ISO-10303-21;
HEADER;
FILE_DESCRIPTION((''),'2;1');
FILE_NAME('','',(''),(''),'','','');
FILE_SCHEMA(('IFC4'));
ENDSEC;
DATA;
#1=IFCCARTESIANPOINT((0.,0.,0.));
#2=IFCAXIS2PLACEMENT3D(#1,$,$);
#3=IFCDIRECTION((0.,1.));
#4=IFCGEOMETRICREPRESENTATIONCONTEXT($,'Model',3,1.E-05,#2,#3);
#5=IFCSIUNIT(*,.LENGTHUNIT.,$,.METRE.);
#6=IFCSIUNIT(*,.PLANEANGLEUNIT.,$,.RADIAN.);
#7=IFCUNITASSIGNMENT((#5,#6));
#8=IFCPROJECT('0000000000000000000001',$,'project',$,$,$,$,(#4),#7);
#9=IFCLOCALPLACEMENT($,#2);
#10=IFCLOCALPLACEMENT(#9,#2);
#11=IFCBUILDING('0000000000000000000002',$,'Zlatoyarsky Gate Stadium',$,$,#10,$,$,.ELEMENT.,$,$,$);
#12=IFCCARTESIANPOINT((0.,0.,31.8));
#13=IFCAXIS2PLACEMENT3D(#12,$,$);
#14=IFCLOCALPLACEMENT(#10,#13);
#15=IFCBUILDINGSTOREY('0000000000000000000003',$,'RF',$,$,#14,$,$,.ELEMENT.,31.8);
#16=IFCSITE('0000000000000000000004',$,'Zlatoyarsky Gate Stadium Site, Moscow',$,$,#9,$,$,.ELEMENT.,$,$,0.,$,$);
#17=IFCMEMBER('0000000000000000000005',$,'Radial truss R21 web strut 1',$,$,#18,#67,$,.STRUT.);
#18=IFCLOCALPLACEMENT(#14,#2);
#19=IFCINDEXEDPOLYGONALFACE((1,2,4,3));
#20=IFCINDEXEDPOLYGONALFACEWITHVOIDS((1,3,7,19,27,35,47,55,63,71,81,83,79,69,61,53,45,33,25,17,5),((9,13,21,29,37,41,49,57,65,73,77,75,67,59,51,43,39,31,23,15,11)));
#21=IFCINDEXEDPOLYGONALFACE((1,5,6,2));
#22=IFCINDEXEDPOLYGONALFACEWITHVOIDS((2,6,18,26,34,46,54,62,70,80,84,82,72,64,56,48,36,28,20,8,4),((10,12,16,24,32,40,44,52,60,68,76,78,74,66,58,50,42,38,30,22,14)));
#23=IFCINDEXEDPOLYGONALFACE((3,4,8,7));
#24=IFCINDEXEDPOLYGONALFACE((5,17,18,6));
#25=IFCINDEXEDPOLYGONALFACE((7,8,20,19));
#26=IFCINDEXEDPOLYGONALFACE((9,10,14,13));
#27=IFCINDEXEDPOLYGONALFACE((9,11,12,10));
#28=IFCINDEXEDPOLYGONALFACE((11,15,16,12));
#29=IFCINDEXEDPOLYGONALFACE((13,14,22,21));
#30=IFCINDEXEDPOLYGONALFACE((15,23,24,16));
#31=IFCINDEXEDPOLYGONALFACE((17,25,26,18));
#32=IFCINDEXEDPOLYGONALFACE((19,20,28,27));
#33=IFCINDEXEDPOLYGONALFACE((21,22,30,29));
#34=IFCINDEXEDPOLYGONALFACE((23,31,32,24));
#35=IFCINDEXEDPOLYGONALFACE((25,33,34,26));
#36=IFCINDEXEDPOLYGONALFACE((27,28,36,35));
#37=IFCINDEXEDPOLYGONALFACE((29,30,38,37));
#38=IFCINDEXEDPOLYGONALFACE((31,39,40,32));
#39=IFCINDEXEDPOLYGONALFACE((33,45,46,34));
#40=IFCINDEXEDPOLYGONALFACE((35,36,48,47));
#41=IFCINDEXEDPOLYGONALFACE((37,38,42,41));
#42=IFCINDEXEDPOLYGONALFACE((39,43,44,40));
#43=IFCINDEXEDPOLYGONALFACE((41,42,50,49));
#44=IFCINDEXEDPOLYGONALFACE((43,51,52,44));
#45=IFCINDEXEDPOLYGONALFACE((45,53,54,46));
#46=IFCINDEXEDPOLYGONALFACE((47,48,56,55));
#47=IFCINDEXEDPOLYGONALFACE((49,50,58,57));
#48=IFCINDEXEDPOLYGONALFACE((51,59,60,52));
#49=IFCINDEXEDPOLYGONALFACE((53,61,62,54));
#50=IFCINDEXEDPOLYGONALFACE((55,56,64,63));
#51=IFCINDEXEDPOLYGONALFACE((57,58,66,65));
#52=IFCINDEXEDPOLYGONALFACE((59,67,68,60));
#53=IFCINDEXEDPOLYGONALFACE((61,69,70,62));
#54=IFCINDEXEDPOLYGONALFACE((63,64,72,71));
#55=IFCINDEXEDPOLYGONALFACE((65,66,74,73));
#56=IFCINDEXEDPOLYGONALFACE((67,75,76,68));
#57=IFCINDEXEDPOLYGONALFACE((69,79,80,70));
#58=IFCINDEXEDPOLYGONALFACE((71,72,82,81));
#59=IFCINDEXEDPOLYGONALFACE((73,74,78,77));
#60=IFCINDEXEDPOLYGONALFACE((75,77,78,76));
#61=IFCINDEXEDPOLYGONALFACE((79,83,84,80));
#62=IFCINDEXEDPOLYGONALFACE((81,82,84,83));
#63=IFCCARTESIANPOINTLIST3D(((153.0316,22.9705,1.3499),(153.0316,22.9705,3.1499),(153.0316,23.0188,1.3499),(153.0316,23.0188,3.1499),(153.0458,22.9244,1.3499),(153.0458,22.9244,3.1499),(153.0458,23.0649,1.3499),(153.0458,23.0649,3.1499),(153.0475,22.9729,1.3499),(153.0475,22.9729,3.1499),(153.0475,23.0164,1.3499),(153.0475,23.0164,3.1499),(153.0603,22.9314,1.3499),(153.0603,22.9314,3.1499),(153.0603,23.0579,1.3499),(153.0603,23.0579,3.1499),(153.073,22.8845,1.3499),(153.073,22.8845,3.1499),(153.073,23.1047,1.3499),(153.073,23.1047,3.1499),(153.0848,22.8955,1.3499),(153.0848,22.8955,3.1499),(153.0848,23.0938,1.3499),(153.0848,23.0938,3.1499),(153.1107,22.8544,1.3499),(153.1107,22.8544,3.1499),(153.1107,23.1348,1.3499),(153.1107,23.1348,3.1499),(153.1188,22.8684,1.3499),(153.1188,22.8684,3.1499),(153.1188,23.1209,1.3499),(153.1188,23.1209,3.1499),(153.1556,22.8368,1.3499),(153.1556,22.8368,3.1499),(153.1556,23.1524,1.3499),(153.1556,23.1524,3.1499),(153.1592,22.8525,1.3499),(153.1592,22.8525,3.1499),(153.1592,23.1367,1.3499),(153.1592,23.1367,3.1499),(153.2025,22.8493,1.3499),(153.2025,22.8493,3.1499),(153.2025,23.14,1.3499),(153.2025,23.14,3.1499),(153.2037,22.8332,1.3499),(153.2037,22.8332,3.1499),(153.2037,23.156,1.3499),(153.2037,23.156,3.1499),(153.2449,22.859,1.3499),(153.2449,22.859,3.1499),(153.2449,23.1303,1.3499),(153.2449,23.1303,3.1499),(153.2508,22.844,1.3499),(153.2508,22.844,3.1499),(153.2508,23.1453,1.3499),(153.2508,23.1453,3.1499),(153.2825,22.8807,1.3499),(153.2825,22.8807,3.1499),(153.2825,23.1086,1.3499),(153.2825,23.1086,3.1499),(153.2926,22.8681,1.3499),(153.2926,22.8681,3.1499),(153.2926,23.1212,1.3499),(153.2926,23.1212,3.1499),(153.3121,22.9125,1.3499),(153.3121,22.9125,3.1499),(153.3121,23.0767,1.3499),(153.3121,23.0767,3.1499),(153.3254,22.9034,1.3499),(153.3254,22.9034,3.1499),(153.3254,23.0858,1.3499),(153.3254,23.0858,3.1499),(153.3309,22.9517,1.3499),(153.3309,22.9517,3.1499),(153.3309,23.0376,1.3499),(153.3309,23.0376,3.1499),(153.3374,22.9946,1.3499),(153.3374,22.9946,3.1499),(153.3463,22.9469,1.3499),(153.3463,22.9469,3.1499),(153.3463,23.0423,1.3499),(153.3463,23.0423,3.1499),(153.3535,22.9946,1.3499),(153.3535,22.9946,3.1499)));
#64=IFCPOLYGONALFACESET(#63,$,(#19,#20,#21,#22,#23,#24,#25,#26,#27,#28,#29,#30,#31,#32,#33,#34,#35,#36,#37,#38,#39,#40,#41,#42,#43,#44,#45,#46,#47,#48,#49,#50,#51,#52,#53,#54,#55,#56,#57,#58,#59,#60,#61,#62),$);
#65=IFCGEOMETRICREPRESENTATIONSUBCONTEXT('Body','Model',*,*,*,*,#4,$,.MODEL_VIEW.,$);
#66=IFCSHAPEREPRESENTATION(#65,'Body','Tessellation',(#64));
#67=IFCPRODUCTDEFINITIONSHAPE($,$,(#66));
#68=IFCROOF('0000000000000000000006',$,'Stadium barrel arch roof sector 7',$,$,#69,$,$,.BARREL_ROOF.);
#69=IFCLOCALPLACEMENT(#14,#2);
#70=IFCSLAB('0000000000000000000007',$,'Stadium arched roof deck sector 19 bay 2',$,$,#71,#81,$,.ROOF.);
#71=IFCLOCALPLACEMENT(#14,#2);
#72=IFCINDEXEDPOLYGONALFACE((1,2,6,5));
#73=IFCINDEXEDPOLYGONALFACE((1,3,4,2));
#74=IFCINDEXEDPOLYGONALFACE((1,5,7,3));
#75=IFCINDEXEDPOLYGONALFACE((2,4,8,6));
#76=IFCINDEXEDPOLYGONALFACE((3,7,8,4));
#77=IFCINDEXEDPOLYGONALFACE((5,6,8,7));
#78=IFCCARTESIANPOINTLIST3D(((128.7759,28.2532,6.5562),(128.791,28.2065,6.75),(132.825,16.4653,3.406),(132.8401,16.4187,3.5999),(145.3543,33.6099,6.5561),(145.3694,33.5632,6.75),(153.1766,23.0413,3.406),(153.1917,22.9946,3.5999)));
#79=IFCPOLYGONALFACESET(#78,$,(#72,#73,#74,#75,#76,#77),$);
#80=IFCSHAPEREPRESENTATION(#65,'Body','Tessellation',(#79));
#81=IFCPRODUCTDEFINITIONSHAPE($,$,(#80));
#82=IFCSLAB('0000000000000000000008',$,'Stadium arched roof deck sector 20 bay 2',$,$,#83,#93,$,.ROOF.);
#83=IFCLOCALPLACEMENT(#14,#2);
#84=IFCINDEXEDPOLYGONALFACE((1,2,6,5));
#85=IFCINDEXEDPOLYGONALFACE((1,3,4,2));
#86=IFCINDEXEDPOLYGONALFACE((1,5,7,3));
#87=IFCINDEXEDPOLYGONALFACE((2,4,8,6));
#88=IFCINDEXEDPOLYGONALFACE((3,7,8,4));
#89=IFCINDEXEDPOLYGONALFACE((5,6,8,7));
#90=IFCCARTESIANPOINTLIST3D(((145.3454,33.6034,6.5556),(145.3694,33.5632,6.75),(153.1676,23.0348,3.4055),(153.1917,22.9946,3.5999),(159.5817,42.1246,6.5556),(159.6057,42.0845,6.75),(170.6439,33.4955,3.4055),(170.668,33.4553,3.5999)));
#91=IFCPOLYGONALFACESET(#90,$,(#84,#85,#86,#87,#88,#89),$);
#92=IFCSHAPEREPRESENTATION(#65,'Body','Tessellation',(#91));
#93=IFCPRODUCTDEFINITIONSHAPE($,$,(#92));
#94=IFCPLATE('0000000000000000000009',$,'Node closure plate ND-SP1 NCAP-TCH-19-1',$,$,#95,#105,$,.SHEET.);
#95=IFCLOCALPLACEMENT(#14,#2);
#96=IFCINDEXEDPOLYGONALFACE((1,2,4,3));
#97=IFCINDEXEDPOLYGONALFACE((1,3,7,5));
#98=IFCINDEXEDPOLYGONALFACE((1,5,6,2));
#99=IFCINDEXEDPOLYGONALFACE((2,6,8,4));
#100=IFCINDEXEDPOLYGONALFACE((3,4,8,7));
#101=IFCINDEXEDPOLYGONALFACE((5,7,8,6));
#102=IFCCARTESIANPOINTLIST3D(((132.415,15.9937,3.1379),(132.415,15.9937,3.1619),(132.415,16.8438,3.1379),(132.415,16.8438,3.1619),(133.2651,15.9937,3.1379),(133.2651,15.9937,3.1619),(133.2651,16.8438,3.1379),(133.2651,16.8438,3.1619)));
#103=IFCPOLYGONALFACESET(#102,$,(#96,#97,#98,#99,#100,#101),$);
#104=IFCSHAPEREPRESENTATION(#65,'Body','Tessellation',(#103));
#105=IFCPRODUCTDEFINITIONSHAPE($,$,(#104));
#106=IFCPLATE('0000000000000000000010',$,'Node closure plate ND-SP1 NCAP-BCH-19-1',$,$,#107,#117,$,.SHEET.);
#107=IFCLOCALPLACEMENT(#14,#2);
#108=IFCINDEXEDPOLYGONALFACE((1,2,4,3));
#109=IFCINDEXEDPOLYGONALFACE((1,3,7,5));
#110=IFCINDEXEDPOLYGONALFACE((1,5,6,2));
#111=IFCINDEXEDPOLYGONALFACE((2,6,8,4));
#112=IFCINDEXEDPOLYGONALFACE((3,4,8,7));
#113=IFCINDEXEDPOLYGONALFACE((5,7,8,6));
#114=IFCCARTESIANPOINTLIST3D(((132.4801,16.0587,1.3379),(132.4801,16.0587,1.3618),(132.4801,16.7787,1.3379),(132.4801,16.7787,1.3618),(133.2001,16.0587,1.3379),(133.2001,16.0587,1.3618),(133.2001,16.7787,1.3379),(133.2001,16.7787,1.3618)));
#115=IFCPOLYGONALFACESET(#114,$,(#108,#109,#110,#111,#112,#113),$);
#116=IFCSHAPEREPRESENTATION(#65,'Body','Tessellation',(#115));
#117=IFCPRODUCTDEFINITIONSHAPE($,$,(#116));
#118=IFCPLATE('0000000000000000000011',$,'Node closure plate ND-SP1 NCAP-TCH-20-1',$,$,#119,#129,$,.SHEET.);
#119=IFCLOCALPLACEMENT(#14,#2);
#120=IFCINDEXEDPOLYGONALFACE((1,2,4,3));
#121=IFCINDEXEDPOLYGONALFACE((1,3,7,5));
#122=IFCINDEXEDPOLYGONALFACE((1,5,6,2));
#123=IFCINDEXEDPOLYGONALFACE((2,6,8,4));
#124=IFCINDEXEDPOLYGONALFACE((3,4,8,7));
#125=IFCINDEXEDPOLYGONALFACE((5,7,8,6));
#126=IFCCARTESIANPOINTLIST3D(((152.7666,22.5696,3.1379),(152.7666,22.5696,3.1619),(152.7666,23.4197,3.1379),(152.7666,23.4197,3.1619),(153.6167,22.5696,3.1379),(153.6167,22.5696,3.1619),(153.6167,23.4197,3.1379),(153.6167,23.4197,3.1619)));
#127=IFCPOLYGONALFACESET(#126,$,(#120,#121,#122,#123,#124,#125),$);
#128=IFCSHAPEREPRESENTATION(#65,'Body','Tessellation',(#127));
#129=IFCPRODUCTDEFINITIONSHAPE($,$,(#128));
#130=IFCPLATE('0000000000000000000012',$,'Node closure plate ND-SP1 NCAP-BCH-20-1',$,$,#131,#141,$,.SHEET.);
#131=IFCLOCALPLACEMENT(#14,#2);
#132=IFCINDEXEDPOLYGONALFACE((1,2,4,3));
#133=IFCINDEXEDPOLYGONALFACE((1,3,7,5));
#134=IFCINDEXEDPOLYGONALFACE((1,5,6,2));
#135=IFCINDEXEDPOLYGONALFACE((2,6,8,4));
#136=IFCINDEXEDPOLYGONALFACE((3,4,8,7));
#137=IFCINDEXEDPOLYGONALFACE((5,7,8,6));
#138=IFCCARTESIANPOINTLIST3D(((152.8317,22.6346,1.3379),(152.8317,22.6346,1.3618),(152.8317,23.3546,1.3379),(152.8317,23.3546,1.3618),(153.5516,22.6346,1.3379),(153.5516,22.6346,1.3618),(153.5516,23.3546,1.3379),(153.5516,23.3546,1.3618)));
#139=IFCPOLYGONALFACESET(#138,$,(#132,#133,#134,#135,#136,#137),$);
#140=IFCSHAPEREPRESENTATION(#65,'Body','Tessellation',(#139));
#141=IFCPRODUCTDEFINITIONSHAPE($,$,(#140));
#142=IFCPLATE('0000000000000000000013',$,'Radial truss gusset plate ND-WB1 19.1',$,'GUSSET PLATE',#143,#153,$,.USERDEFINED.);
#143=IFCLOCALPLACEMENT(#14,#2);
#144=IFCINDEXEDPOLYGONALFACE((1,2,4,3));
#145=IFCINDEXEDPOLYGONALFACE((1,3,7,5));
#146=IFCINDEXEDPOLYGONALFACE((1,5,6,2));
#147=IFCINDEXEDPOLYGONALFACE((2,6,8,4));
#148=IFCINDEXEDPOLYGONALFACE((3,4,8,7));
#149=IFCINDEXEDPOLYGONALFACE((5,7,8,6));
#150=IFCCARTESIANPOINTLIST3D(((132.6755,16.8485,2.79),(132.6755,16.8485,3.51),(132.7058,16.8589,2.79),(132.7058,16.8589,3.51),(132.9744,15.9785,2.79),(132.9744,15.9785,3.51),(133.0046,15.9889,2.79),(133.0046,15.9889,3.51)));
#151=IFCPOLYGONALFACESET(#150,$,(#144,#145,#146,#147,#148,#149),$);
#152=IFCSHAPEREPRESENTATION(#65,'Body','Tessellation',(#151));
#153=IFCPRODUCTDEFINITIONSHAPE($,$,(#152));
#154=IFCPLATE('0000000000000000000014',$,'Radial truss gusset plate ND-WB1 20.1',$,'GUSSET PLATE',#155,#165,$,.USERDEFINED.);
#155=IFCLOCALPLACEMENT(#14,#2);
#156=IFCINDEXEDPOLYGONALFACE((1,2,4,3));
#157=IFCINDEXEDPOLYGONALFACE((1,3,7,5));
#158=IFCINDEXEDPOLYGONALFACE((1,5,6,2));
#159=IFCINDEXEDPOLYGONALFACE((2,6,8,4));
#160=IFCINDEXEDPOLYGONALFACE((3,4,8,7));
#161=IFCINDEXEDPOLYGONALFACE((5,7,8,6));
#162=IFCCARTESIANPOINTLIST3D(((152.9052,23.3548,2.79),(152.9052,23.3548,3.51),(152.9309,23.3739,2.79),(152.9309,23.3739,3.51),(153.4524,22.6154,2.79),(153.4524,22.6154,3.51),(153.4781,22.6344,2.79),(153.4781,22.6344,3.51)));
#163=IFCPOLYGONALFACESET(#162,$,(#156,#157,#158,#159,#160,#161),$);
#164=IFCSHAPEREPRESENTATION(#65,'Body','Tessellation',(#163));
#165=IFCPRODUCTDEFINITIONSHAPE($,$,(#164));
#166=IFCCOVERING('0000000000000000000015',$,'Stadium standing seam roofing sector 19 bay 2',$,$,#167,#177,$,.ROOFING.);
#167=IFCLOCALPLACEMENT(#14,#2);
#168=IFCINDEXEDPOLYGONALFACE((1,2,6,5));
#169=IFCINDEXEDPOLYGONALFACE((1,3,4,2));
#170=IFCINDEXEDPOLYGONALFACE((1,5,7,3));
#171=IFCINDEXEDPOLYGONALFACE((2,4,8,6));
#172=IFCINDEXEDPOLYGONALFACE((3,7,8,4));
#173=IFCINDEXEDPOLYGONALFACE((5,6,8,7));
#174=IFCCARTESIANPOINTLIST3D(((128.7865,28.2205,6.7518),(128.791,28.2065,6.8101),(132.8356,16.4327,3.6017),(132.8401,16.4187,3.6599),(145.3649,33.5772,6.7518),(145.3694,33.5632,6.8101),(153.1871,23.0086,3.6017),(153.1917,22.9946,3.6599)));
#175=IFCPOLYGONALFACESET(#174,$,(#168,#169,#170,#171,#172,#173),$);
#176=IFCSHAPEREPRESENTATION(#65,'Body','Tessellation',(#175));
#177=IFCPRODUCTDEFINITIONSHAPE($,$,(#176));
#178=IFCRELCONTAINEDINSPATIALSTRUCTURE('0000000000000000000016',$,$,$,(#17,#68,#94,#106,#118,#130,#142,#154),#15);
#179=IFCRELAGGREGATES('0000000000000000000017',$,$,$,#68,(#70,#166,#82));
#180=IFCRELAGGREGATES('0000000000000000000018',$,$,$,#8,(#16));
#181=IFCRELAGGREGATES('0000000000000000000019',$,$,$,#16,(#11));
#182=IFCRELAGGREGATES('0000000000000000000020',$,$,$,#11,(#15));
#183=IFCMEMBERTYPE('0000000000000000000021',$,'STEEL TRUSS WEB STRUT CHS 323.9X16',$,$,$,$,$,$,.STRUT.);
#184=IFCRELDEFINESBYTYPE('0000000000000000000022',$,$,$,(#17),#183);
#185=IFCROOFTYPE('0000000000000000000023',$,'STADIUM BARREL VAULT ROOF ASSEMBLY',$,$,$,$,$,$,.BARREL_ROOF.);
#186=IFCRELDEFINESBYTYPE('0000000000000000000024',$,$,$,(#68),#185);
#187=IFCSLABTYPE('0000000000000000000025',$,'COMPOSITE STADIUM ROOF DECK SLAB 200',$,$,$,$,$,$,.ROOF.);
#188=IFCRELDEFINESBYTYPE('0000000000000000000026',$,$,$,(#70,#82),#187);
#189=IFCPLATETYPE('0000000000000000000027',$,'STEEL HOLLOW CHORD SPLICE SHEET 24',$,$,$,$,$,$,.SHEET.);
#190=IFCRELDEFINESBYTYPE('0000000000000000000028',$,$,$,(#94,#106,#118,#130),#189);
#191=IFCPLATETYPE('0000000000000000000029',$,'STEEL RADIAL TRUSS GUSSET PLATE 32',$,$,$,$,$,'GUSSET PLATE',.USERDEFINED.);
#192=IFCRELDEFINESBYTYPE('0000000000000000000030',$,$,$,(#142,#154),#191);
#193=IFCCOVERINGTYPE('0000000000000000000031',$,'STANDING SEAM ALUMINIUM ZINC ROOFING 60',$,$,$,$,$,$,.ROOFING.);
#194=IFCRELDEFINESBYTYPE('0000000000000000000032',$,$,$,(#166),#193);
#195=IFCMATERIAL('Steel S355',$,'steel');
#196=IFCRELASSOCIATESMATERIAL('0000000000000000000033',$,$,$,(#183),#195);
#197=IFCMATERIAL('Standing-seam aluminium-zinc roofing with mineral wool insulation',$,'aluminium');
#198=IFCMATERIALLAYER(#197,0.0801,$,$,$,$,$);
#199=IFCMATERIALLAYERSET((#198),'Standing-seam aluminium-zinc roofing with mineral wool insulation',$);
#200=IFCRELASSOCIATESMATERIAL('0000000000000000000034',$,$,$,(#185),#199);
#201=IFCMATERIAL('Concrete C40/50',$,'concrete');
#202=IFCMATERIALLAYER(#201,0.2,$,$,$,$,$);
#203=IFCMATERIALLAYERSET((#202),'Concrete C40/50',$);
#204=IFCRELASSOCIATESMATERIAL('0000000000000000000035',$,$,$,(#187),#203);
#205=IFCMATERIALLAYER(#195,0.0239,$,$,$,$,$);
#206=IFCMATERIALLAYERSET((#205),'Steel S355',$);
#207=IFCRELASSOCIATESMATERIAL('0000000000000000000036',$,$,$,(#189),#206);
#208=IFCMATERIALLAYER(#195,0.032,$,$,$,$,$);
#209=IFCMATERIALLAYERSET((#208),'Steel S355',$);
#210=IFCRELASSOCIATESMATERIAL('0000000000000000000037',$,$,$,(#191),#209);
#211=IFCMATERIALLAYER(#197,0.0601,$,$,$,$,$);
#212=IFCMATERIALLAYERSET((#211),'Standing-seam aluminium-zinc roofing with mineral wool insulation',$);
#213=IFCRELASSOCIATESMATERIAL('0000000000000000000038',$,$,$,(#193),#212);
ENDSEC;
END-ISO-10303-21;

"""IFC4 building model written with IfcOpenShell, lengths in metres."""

from ifc_helpers import new_model, si_unit, direction, frame, origin, origin_2d, place, context, subcontext, project, spatial, polyline, rectangle, hollow_circle, outline, extrude, material, layer, layer_set, material_profile, profile_set, type_object, element, aggregate, save


model = new_model("IFC4")

# Units and contexts
model_context = context("Model", 3, precision=1e-05, world=origin(), true_north=direction((0.0, 1.0)))
body_context = subcontext(model_context, "Body", "Model", "MODEL_VIEW")
ifc_project = project(units=[si_unit("LENGTHUNIT", "METRE"), si_unit("PLANEANGLEUNIT", "RADIAN")], contexts=[model_context])

# Site, building, storey
site_placement = place(None, origin())
site = spatial("IfcSite", under=ifc_project, at=site_placement, Name="Zlatoyarsky Gate Stadium Site, Moscow", CompositionType="ELEMENT", RefElevation=0.0)
building_placement = place(site_placement, origin())
building = spatial("IfcBuilding", under=site, at=building_placement, Name="Zlatoyarsky Gate Stadium", CompositionType="ELEMENT")
storey_placement = place(building_placement, frame((0.0, 0.0, 31.8)))
storey = spatial("IfcBuildingStorey", under=building, at=storey_placement, Name="RF", CompositionType="ELEMENT", Elevation=31.8)

# Shared definitions
ifc_material_1 = material(Name="Steel S355", Category="steel")

# Member
ifc_material_profile_1 = material_profile(ifc_material_1, hollow_circle(Radius=0.1619, WallThickness=0.0161, at=origin_2d()), Name="CHS 323.9X16")
ifc_profile_set_1 = profile_set([ifc_material_profile_1], Name="Steel S355")
member_type_1 = type_object("IfcMemberType", Name="STEEL TRUSS WEB STRUT CHS 323.9X16", PredefinedType="STRUT", material=ifc_profile_set_1)
for number, where, z_axis, x_axis, name in (
    (1, (153.1917, 22.9946, 1.3499), (0.0, 0.0, 1.0), (1.0, 0.0, 0.0), "Radial truss R21 web strut 1"),
):
    element("IfcMember", number, at=place(storey_placement, frame(where, z_axis=z_axis, x_axis=x_axis)), inside=storey, type_object=member_type_1, Name=name, PredefinedType="STRUT", context=body_context, shape_type="SweptSolid", body=[
        extrude(hollow_circle(Radius=0.1619, WallThickness=0.0161, at=origin_2d()), origin(), (0.0, 0.0, 1.0), 1.8),
    ])

# Roof, slabs
ifc_material_2 = material(Name="Standing-seam aluminium-zinc roofing with mineral wool insulation", Category="aluminium")
ifc_layer_1 = layer(ifc_material_2, 0.0801)
ifc_layer_set_1 = layer_set([ifc_layer_1], Name="Standing-seam aluminium-zinc roofing with mineral wool insulation")
roof_type = type_object("IfcRoofType", Name="STADIUM BARREL VAULT ROOF ASSEMBLY", PredefinedType="BARREL_ROOF", material=ifc_layer_set_1)
roof_placement = place(storey_placement, origin())
roof = element("IfcRoof", 2, at=roof_placement, inside=storey, type_object=roof_type, Name="Stadium barrel arch roof sector 7", PredefinedType="BARREL_ROOF")
ifc_material_3 = material(Name="Concrete C40/50", Category="concrete")
ifc_layer_2 = layer(ifc_material_3, 0.2)
ifc_layer_set_2 = layer_set([ifc_layer_2], Name="Concrete C40/50")
slab_type = type_object("IfcSlabType", Name="COMPOSITE STADIUM ROOF DECK SLAB 200", PredefinedType="ROOF", material=ifc_layer_set_2)
slab_1_placement = place(storey_placement, frame((132.8401, 16.4187, 3.5999), z_axis=(0.075352, -0.233205, 0.969504), x_axis=(0.95156, 0.307465, 0.0)))
slab_1 = element("IfcSlab", 3, at=slab_1_placement, type_object=slab_type, Name="Stadium arched roof deck sector 19 bay 2", PredefinedType="ROOF", context=body_context, shape_type="SweptSolid", body=[
    extrude(outline(polyline([(0.0, 0.0), (21.3876, 0.0), (17.1937, 12.8537), (-0.2286, 12.8538), (0.0, 0.0)])), origin(), (0.0, 0.0, -1.0), 0.2),
])
slab_2_placement = place(storey_placement, frame((153.1917, 22.9946, 3.5999), z_axis=(0.120204, -0.200821, 0.972225), x_axis=(0.858036, 0.513589, 0.000001)))
slab_2 = element("IfcSlab", 4, at=slab_2_placement, type_object=slab_type, Name="Stadium arched roof deck sector 20 bay 2", PredefinedType="ROOF", context=body_context, shape_type="SweptSolid", body=[
    extrude(outline(polyline([(0.0, 0.0), (20.3678, 0.0), (15.3078, 13.4594), (-1.2839, 13.4595), (0.0, 0.0)])), origin(), (0.0, 0.0, -1.0), 0.2),
])

# Plates
ifc_layer_3 = layer(ifc_material_1, 0.0239)
ifc_layer_set_3 = layer_set([ifc_layer_3], Name="Steel S355")
plate_type_1 = type_object("IfcPlateType", Name="STEEL HOLLOW CHORD SPLICE SHEET 24", PredefinedType="SHEET", material=ifc_layer_set_3)
plate_1_placement = place(storey_placement, frame((132.8401, 16.4187, 3.1379), z_axis=(0.0, 0.0, 1.0), x_axis=(1.0, 0.0, 0.0)))
element("IfcPlate", 5, at=plate_1_placement, inside=storey, type_object=plate_type_1, Name="Node closure plate ND-SP1 NCAP-TCH-19-1", PredefinedType="SHEET", context=body_context, shape_type="SweptSolid", body=[
    extrude(rectangle(XDim=0.8501, YDim=0.8501, at=origin_2d()), origin(), (0.0, 0.0, 1.0), 0.0239),
])
plate_2_placement = place(storey_placement, frame((132.8401, 16.4187, 1.3379), z_axis=(0.0, 0.0, 1.0), x_axis=(1.0, 0.0, 0.0)))
element("IfcPlate", 6, at=plate_2_placement, inside=storey, type_object=plate_type_1, Name="Node closure plate ND-SP1 NCAP-BCH-19-1", PredefinedType="SHEET", context=body_context, shape_type="SweptSolid", body=[
    extrude(rectangle(XDim=0.72, YDim=0.72, at=origin_2d()), origin(), (0.0, 0.0, 1.0), 0.0239),
])
plate_3_placement = place(storey_placement, frame((153.1917, 22.9946, 3.1379), z_axis=(0.0, 0.0, 1.0), x_axis=(1.0, 0.0, 0.0)))
element("IfcPlate", 7, at=plate_3_placement, inside=storey, type_object=plate_type_1, Name="Node closure plate ND-SP1 NCAP-TCH-20-1", PredefinedType="SHEET", context=body_context, shape_type="SweptSolid", body=[
    extrude(rectangle(XDim=0.8501, YDim=0.8501, at=origin_2d()), origin(), (0.0, 0.0, 1.0), 0.0239),
])
plate_4_placement = place(storey_placement, frame((153.1917, 22.9946, 1.3379), z_axis=(0.0, 0.0, 1.0), x_axis=(1.0, 0.0, 0.0)))
element("IfcPlate", 8, at=plate_4_placement, inside=storey, type_object=plate_type_1, Name="Node closure plate ND-SP1 NCAP-BCH-20-1", PredefinedType="SHEET", context=body_context, shape_type="SweptSolid", body=[
    extrude(rectangle(XDim=0.72, YDim=0.72, at=origin_2d()), origin(), (0.0, 0.0, 1.0), 0.0239),
])
ifc_layer_4 = layer(ifc_material_1, 0.032)
ifc_layer_set_4 = layer_set([ifc_layer_4], Name="Steel S355")
plate_type_2 = type_object("IfcPlateType", Name="STEEL RADIAL TRUSS GUSSET PLATE 32", ElementType="GUSSET PLATE", PredefinedType="USERDEFINED", material=ifc_layer_set_4)
for number, where, z_axis, x_axis, name in (
    (9, (132.8401, 16.4187, 2.79), (0.0, 0.0, 1.0), (-0.324867, 0.94576, 0.0), "Radial truss gusset plate ND-WB1 19.1"),
    (10, (153.1917, 22.9946, 2.79), (0.0, 0.0, 1.0), (-0.594913, 0.80379, 0.0), "Radial truss gusset plate ND-WB1 20.1"),
):
    element("IfcPlate", number, at=place(storey_placement, frame(where, z_axis=z_axis, x_axis=x_axis)), inside=storey, type_object=plate_type_2, Name=name, ObjectType="GUSSET PLATE", PredefinedType="USERDEFINED", context=body_context, shape_type="SweptSolid", body=[
        extrude(rectangle(XDim=0.9199, YDim=0.032, at=origin_2d()), origin(), (0.0, 0.0, 1.0), 0.72),
    ])

# Covering
ifc_layer_5 = layer(ifc_material_2, 0.0601)
ifc_layer_set_5 = layer_set([ifc_layer_5], Name="Standing-seam aluminium-zinc roofing with mineral wool insulation")
covering_type = type_object("IfcCoveringType", Name="STANDING SEAM ALUMINIUM ZINC ROOFING 60", PredefinedType="ROOFING", material=ifc_layer_set_5)
covering_placement = place(storey_placement, frame((132.8401, 16.4187, 3.6599), z_axis=(0.075352, -0.233205, 0.969504), x_axis=(0.95156, 0.307465, 0.0)))
covering = element("IfcCovering", 11, at=covering_placement, type_object=covering_type, Name="Stadium standing seam roofing sector 19 bay 2", PredefinedType="ROOFING", context=body_context, shape_type="SweptSolid", body=[
    extrude(outline(polyline([(0.0, 0.0), (21.3876, 0.0), (17.1937, 12.8537), (-0.2286, 12.8538), (0.0, 0.0)])), origin(), (0.0, 0.0, -1.0), 0.0601),
])
aggregate(roof, [slab_1, covering, slab_2])

save(model, "model.ifc")
